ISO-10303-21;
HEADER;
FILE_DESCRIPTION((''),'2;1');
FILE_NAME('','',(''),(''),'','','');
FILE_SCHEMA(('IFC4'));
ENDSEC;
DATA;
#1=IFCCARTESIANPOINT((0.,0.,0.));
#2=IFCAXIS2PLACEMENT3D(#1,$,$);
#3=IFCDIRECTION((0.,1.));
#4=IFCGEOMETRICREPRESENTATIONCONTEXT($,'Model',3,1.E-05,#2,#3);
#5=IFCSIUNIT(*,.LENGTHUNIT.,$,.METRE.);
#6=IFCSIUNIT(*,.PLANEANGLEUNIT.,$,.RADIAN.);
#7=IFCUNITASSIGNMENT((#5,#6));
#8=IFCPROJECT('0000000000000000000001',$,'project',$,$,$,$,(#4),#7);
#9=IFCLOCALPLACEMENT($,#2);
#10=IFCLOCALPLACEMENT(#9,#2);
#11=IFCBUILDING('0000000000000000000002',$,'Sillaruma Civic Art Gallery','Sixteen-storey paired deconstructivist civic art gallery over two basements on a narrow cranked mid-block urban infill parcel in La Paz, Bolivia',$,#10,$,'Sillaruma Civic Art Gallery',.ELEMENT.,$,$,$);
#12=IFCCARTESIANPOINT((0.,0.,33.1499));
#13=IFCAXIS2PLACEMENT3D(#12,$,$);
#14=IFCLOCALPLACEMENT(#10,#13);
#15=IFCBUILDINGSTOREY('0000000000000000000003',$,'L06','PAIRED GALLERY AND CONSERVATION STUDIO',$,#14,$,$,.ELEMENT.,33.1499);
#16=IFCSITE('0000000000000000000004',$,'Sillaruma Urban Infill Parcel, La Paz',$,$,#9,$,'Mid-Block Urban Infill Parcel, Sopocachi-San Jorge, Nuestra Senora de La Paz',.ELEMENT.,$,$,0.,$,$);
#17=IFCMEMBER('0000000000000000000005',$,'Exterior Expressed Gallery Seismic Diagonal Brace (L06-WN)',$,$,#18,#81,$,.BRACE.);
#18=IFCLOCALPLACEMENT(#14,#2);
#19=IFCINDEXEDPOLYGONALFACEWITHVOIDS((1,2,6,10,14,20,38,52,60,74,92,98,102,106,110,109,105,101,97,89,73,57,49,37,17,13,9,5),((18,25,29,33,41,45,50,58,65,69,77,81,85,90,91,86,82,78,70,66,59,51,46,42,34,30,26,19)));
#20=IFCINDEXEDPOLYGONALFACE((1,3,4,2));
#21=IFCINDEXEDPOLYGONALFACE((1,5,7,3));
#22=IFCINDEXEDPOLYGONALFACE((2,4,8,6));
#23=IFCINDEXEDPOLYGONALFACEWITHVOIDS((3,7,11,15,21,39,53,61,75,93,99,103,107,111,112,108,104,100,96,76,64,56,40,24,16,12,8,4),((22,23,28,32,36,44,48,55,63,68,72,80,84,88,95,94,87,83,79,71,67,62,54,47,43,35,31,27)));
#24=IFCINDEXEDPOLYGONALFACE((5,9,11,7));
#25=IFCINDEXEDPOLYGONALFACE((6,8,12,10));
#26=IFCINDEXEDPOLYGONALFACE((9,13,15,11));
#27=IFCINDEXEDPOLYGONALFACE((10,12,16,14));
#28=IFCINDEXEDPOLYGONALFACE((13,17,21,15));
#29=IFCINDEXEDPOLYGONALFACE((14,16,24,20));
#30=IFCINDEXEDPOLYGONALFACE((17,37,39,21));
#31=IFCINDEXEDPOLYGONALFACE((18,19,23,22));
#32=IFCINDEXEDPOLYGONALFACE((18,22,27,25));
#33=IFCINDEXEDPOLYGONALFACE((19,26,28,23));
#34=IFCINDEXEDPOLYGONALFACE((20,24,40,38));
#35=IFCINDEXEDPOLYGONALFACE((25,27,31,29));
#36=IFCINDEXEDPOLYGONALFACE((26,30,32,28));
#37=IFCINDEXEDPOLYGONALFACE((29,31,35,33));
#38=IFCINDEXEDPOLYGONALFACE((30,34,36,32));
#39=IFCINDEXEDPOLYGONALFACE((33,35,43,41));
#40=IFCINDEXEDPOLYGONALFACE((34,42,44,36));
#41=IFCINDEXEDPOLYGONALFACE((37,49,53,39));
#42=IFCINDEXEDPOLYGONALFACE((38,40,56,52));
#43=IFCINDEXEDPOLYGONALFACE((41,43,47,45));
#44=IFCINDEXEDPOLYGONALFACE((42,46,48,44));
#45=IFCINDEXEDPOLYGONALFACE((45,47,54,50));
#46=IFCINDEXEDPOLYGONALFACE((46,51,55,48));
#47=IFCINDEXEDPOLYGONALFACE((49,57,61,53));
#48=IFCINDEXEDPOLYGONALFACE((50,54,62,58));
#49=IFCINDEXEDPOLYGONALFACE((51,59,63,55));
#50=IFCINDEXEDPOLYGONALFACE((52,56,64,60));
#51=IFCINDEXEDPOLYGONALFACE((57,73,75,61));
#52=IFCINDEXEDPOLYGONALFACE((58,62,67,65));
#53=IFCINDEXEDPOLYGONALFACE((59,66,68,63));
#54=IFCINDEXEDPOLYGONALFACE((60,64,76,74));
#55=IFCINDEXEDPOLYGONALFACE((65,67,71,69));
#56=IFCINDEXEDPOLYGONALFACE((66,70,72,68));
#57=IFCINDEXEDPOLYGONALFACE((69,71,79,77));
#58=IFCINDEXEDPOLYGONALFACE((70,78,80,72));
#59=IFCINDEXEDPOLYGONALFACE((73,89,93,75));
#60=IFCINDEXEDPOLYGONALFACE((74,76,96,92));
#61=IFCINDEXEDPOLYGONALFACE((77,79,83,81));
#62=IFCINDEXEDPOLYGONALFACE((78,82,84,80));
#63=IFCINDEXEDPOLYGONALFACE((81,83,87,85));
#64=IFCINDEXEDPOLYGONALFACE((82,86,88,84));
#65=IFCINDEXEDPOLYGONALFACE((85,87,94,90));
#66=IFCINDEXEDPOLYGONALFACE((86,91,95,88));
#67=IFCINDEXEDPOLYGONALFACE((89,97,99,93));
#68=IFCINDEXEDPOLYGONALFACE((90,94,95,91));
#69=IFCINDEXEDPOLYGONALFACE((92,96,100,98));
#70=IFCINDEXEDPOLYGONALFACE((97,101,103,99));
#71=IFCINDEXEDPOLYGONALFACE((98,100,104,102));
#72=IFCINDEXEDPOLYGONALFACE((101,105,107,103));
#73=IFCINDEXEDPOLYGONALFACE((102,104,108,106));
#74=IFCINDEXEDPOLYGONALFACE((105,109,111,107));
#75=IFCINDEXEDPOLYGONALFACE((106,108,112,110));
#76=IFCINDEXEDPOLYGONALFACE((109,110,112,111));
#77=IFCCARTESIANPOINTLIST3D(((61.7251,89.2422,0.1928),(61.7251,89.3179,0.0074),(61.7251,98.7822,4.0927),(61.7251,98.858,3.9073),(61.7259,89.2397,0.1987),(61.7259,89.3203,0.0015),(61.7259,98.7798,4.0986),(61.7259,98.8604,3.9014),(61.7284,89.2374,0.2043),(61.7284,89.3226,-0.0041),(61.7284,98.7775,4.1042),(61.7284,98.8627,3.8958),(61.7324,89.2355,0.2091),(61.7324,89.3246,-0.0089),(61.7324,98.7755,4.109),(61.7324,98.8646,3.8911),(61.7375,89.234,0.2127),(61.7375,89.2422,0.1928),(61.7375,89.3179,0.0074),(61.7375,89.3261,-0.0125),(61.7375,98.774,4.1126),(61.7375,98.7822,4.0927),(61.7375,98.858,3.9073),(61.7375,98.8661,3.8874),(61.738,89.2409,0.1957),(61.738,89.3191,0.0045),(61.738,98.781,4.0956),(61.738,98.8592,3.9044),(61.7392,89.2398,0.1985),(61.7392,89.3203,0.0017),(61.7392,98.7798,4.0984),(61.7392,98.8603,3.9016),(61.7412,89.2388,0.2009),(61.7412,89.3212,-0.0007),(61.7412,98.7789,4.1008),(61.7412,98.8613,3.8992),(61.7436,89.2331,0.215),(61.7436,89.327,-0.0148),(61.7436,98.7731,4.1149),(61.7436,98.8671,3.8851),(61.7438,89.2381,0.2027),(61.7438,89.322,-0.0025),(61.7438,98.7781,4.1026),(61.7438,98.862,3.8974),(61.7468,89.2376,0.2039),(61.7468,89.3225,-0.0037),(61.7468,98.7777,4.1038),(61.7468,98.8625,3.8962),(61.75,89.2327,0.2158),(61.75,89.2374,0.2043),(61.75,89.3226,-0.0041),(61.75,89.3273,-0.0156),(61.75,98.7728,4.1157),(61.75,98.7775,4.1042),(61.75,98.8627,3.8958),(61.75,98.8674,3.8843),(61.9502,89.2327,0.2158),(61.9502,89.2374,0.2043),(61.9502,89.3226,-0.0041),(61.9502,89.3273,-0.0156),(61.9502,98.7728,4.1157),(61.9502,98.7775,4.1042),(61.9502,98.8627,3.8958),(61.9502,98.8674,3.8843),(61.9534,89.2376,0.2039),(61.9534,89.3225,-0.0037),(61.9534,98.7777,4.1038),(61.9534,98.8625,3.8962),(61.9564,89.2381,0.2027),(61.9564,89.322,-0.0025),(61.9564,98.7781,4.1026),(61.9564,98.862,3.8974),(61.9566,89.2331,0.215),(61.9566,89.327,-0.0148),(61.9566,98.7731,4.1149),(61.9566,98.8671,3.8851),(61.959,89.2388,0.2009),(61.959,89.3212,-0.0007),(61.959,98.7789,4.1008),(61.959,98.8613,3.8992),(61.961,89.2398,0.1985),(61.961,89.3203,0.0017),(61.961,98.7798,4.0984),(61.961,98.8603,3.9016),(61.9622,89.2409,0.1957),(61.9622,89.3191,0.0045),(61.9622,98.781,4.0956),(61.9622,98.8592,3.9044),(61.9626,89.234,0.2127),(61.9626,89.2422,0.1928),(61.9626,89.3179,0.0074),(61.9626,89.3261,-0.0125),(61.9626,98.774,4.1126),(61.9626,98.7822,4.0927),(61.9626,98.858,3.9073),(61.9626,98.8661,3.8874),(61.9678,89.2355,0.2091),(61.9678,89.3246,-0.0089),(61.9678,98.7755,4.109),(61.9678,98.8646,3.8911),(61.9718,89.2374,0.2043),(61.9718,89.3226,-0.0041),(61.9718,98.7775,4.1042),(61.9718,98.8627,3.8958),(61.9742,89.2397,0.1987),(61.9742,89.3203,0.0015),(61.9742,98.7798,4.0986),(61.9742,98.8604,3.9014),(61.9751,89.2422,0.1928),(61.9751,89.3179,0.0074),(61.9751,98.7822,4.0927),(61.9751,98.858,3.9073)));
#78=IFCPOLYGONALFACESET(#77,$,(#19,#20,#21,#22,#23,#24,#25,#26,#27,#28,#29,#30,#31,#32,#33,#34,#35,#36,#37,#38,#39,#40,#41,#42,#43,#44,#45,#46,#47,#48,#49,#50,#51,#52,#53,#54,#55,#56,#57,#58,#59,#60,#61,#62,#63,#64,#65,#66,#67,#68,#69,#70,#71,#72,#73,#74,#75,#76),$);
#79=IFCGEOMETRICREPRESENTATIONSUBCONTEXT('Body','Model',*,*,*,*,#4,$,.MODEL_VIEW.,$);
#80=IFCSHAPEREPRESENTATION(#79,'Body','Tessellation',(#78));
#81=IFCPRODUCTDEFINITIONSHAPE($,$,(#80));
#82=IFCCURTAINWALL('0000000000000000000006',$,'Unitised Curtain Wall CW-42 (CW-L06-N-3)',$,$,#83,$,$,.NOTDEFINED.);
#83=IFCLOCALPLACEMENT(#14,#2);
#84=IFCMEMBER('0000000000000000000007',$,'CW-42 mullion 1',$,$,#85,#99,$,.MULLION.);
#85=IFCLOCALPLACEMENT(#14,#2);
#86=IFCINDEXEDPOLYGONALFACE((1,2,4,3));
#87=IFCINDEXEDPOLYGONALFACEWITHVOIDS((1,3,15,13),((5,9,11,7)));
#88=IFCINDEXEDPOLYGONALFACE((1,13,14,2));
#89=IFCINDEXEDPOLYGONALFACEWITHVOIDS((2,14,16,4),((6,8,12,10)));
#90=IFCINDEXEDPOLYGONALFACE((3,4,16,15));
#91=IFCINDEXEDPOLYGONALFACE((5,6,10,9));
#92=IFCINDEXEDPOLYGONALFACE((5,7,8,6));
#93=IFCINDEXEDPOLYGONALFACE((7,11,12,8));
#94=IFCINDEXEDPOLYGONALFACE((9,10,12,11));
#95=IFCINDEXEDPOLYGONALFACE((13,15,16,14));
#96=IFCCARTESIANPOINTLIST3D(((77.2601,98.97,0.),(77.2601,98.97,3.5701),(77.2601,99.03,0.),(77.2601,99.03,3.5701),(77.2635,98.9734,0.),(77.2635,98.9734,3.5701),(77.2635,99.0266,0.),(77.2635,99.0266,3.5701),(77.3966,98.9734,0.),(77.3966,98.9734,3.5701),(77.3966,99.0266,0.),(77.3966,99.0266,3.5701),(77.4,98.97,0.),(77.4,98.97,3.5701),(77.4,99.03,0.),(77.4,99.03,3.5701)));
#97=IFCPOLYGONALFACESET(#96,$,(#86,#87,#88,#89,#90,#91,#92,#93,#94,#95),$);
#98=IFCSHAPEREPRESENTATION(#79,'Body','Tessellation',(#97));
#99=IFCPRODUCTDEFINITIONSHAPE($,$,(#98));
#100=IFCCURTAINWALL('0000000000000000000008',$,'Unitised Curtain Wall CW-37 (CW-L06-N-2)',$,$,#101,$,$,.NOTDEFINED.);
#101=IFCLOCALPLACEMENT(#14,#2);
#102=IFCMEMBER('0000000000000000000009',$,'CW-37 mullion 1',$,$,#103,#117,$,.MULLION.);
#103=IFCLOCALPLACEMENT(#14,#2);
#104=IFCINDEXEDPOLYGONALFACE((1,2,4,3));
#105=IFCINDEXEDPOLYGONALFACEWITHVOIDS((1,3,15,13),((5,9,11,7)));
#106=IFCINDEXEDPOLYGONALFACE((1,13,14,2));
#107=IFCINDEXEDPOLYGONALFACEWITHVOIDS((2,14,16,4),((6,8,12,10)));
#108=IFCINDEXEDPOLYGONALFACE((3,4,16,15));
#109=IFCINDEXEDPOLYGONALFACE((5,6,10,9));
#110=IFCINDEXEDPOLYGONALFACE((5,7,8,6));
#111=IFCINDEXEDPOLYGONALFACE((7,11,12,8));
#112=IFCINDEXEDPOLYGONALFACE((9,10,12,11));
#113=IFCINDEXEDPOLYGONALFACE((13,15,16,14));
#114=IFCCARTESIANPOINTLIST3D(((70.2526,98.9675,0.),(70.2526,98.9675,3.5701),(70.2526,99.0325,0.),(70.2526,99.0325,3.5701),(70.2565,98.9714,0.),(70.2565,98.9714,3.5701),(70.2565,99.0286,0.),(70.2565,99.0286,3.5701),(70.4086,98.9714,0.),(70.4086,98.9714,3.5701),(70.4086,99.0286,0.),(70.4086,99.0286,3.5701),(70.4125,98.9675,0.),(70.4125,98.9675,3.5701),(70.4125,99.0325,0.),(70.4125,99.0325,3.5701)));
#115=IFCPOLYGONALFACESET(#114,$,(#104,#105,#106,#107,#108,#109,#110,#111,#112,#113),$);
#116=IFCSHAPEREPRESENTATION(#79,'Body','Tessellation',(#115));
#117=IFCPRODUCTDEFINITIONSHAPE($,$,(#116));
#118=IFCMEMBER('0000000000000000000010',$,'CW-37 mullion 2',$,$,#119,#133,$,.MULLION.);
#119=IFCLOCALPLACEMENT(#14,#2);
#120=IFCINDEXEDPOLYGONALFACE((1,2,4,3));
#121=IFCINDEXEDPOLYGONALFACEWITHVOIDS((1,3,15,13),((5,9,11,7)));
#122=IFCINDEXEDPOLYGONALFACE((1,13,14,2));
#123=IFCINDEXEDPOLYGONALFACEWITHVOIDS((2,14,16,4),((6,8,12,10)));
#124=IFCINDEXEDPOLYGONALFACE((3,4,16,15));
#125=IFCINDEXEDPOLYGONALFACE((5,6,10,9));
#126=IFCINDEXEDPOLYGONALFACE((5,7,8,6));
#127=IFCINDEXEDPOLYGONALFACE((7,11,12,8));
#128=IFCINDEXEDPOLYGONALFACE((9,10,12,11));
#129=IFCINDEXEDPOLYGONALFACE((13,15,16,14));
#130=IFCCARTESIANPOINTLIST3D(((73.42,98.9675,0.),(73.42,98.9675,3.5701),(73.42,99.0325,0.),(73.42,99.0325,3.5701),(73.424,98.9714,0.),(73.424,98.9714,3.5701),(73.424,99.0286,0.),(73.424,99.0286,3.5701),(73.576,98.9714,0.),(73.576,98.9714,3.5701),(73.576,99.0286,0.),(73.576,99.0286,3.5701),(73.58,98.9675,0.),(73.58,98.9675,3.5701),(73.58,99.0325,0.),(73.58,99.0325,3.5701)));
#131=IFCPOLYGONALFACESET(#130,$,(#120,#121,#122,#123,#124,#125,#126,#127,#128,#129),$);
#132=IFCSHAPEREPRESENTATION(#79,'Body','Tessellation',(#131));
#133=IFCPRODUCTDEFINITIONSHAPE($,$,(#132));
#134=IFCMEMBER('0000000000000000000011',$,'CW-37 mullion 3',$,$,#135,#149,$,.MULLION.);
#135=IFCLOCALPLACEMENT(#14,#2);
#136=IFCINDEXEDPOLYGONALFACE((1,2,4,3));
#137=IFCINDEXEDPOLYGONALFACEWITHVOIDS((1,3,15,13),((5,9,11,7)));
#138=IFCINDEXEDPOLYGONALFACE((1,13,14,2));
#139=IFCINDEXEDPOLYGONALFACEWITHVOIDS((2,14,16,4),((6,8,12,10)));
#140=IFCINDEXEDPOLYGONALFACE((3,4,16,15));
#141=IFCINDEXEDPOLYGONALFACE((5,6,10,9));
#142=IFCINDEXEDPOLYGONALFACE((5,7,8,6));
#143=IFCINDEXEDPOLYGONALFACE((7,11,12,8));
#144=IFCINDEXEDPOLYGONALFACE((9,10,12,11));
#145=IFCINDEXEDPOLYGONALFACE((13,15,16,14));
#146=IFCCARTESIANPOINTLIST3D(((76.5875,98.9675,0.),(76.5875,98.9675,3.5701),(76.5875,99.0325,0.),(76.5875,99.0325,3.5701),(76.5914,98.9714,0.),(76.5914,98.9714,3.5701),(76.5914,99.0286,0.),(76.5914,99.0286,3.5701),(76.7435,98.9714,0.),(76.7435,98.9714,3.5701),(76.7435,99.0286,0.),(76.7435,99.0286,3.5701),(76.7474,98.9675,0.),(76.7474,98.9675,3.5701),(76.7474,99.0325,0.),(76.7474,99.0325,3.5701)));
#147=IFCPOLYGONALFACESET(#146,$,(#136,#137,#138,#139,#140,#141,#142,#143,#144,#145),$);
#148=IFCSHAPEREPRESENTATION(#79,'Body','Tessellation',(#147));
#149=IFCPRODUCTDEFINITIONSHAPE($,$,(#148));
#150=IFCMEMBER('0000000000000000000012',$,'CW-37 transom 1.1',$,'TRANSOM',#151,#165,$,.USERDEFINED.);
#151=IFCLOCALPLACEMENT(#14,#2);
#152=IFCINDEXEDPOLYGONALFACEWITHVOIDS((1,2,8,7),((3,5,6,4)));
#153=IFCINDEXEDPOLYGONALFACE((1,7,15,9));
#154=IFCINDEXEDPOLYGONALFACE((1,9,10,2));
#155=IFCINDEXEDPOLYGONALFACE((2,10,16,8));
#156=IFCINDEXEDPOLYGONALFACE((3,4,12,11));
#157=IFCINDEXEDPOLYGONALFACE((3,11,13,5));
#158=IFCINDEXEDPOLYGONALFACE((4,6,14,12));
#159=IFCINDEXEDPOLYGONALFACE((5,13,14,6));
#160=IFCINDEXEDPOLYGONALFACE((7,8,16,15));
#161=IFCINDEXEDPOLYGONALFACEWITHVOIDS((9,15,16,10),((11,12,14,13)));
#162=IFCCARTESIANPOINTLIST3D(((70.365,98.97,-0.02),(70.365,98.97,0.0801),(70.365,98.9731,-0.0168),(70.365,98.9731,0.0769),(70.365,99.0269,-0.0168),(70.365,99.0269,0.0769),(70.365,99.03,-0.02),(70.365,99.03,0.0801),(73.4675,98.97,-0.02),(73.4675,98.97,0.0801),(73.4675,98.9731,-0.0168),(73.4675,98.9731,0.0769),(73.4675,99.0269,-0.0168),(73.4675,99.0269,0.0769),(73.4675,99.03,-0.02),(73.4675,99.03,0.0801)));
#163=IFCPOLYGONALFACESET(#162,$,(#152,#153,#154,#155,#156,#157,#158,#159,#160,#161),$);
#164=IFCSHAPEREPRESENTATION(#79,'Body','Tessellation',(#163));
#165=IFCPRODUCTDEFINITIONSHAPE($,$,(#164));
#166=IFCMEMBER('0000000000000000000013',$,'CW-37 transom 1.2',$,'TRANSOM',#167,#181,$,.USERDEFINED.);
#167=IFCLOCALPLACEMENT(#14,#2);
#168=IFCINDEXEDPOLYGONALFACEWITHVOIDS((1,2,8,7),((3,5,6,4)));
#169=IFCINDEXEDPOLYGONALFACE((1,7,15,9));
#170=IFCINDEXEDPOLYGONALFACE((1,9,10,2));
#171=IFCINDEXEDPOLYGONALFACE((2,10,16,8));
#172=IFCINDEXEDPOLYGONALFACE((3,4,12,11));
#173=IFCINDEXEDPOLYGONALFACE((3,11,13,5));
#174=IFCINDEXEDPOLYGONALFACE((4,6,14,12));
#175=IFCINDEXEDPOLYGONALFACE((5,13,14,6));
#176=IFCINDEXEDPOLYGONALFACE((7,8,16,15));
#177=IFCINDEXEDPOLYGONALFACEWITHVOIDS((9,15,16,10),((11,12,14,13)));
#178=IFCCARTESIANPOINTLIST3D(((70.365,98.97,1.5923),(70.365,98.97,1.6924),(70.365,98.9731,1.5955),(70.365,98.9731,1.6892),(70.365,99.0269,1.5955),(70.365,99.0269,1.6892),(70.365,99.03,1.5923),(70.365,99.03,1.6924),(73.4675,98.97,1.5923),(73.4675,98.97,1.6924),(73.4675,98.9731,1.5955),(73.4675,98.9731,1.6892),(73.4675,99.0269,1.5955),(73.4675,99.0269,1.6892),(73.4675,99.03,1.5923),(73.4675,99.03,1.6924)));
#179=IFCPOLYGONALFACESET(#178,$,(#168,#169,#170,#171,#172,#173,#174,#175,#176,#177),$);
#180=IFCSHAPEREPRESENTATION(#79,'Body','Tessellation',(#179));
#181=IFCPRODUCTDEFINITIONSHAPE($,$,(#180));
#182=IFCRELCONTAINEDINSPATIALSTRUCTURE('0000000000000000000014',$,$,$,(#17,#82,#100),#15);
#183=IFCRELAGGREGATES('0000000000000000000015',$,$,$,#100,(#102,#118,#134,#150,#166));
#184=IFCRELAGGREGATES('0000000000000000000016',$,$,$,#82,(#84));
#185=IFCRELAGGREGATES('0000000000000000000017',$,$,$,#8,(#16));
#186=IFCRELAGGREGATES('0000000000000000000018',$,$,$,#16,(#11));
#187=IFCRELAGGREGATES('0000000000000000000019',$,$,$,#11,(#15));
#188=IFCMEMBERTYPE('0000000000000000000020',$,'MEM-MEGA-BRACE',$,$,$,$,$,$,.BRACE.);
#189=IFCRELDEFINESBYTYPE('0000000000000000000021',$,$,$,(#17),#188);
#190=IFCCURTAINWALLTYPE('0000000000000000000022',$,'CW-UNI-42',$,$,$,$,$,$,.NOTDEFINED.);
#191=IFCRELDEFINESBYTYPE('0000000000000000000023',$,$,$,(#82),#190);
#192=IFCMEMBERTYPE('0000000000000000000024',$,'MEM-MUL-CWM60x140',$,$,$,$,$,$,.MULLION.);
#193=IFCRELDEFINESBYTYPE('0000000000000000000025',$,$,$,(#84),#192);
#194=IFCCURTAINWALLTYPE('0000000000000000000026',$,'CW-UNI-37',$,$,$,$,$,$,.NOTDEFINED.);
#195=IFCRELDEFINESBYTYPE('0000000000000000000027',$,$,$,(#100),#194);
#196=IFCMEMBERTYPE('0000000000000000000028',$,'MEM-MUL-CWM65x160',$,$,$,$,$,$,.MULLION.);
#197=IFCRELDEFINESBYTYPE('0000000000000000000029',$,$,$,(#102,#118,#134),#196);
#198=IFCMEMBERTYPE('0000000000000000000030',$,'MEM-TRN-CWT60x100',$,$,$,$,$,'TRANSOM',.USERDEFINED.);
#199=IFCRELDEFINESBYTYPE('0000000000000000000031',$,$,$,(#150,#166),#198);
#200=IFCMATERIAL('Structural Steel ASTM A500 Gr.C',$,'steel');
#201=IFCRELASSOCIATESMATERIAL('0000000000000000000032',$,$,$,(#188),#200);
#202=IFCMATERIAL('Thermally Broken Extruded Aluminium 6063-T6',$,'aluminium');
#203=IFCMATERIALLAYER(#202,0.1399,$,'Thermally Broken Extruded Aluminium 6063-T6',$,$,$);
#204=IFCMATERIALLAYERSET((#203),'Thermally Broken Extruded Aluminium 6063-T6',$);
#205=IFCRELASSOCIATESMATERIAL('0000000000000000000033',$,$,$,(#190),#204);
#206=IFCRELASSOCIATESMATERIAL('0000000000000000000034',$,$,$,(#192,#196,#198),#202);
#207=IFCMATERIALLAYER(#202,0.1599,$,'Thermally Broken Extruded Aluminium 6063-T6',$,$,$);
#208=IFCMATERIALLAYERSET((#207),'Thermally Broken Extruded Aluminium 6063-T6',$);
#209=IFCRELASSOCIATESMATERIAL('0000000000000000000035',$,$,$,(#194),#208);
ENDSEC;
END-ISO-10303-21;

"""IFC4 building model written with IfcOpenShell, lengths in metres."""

from ifc_helpers import new_model, si_unit, direction, frame, origin, origin_2d, place, context, subcontext, project, spatial, hollow_rectangle, extrude, material, layer, layer_set, material_profile, profile_set, type_object, element, aggregate, save


model = new_model("IFC4")

# Units and contexts
model_context = context("Model", 3, precision=1e-05, world=origin(), true_north=direction((0.0, 1.0)))
body_context = subcontext(model_context, "Body", "Model", "MODEL_VIEW")
ifc_project = project(units=[si_unit("LENGTHUNIT", "METRE"), si_unit("PLANEANGLEUNIT", "RADIAN")], contexts=[model_context])

# Site, building, storey
site_placement = place(None, origin())
site = spatial("IfcSite", under=ifc_project, at=site_placement, Name="Sillaruma Urban Infill Parcel, La Paz", LongName="Mid-Block Urban Infill Parcel, Sopocachi-San Jorge, Nuestra Senora de La Paz", CompositionType="ELEMENT", RefElevation=0.0)
building_placement = place(site_placement, origin())
building = spatial("IfcBuilding", under=site, at=building_placement, Name="Sillaruma Civic Art Gallery", Description="Sixteen-storey paired deconstructivist civic art gallery over two basements on a narrow cranked mid-block urban infill parcel in La Paz, Bolivia", LongName="Sillaruma Civic Art Gallery", CompositionType="ELEMENT")
storey_placement = place(building_placement, frame((0.0, 0.0, 33.1499)))
storey = spatial("IfcBuildingStorey", under=building, at=storey_placement, Name="L06", Description="PAIRED GALLERY AND CONSERVATION STUDIO", CompositionType="ELEMENT", Elevation=33.1499)

# Member
ifc_material_1 = material(Name="Structural Steel ASTM A500 Gr.C", Category="steel")
ifc_material_profile_1 = material_profile(ifc_material_1, hollow_rectangle(XDim=0.25, YDim=0.25, WallThickness=0.0125, InnerFilletRadius=0.0125, OuterFilletRadius=0.0249, at=origin_2d()), Name="HSS250x250x12.5")
ifc_profile_set_1 = profile_set([ifc_material_profile_1], Name="Structural Steel ASTM A500 Gr.C")
member_type_1 = type_object("IfcMemberType", Name="MEM-MEGA-BRACE", PredefinedType="BRACE", material=ifc_profile_set_1)
member_1_placement = place(storey_placement, frame((61.8501, 89.28, 0.1001), z_axis=(0.0, 0.925644, 0.378397), x_axis=(-1.0, 0.0, 0.0)))
element("IfcMember", 1, at=member_1_placement, inside=storey, type_object=member_type_1, Name="Exterior Expressed Gallery Seismic Diagonal Brace (L06-WN)", PredefinedType="BRACE", context=body_context, shape_type="SweptSolid", body=[
    extrude(hollow_rectangle(XDim=0.25, YDim=0.25, WallThickness=0.0125, InnerFilletRadius=0.0125, OuterFilletRadius=0.0249, at=origin_2d()), origin(), (0.0, 0.0, 1.0), 10.3064),
])

# Curtain wall, member
ifc_material_2 = material(Name="Thermally Broken Extruded Aluminium 6063-T6", Category="aluminium")
ifc_layer_1 = layer(ifc_material_2, 0.1399, Name="Thermally Broken Extruded Aluminium 6063-T6")
ifc_layer_set_1 = layer_set([ifc_layer_1], Name="Thermally Broken Extruded Aluminium 6063-T6")
curtain_wall_type_1 = type_object("IfcCurtainWallType", Name="CW-UNI-42", PredefinedType="NOTDEFINED", material=ifc_layer_set_1)
curtain_wall_1_placement = place(storey_placement, origin())
curtain_wall_1 = element("IfcCurtainWall", 2, at=curtain_wall_1_placement, inside=storey, type_object=curtain_wall_type_1, Name="Unitised Curtain Wall CW-42 (CW-L06-N-3)", PredefinedType="NOTDEFINED")
ifc_material_profile_2 = material_profile(ifc_material_2, hollow_rectangle(XDim=0.0601, YDim=0.1399, WallThickness=0.0034, at=origin_2d()), Name="CWM60x140")
ifc_profile_set_2 = profile_set([ifc_material_profile_2], Name="Thermally Broken Extruded Aluminium 6063-T6")
member_type_2 = type_object("IfcMemberType", Name="MEM-MUL-CWM60x140", PredefinedType="MULLION", material=ifc_profile_set_2)
member_2_placement = place(storey_placement, frame((77.3301, 99.0, 0.0), z_axis=(0.0, 0.0, 1.0), x_axis=(0.0, 1.0, 0.0)))
member_2 = element("IfcMember", 3, at=member_2_placement, type_object=member_type_2, Name="CW-42 mullion 1", PredefinedType="MULLION", context=body_context, shape_type="SweptSolid", body=[
    extrude(hollow_rectangle(XDim=0.0601, YDim=0.1399, WallThickness=0.0034, at=origin_2d()), origin(), (0.0, 0.0, 1.0), 3.5701),
])

# Curtain wall, members
ifc_layer_2 = layer(ifc_material_2, 0.1599, Name="Thermally Broken Extruded Aluminium 6063-T6")
ifc_layer_set_2 = layer_set([ifc_layer_2], Name="Thermally Broken Extruded Aluminium 6063-T6")
curtain_wall_type_2 = type_object("IfcCurtainWallType", Name="CW-UNI-37", PredefinedType="NOTDEFINED", material=ifc_layer_set_2)
curtain_wall_2_placement = place(storey_placement, origin())
curtain_wall_2 = element("IfcCurtainWall", 4, at=curtain_wall_2_placement, inside=storey, type_object=curtain_wall_type_2, Name="Unitised Curtain Wall CW-37 (CW-L06-N-2)", PredefinedType="NOTDEFINED")
ifc_material_profile_3 = material_profile(ifc_material_2, hollow_rectangle(XDim=0.0649, YDim=0.1599, WallThickness=0.0039, at=origin_2d()), Name="CWM65x160")
ifc_profile_set_3 = profile_set([ifc_material_profile_3], Name="Thermally Broken Extruded Aluminium 6063-T6")
member_type_3 = type_object("IfcMemberType", Name="MEM-MUL-CWM65x160", PredefinedType="MULLION", material=ifc_profile_set_3)
member_3_placement = place(storey_placement, frame((70.3325, 99.0, 0.0), z_axis=(0.0, 0.0, 1.0), x_axis=(0.0, 1.0, 0.0)))
member_3 = element("IfcMember", 5, at=member_3_placement, type_object=member_type_3, Name="CW-37 mullion 1", PredefinedType="MULLION", context=body_context, shape_type="SweptSolid", body=[
    extrude(hollow_rectangle(XDim=0.0649, YDim=0.1599, WallThickness=0.0039, at=origin_2d()), origin(), (0.0, 0.0, 1.0), 3.5701),
])
member_4_placement = place(storey_placement, frame((73.5, 99.0, 0.0), z_axis=(0.0, 0.0, 1.0), x_axis=(0.0, 1.0, 0.0)))
member_4 = element("IfcMember", 6, at=member_4_placement, type_object=member_type_3, Name="CW-37 mullion 2", PredefinedType="MULLION", context=body_context, shape_type="SweptSolid", body=[
    extrude(hollow_rectangle(XDim=0.0649, YDim=0.1599, WallThickness=0.0039, at=origin_2d()), origin(), (0.0, 0.0, 1.0), 3.5701),
])
member_5_placement = place(storey_placement, frame((76.6675, 99.0, 0.0), z_axis=(0.0, 0.0, 1.0), x_axis=(0.0, 1.0, 0.0)))
member_5 = element("IfcMember", 7, at=member_5_placement, type_object=member_type_3, Name="CW-37 mullion 3", PredefinedType="MULLION", context=body_context, shape_type="SweptSolid", body=[
    extrude(hollow_rectangle(XDim=0.0649, YDim=0.1599, WallThickness=0.0039, at=origin_2d()), origin(), (0.0, 0.0, 1.0), 3.5701),
])
ifc_material_profile_4 = material_profile(ifc_material_2, hollow_rectangle(XDim=0.0601, YDim=0.1001, WallThickness=0.0032, at=origin_2d()), Name="CWT60x100")
ifc_profile_set_4 = profile_set([ifc_material_profile_4], Name="Thermally Broken Extruded Aluminium 6063-T6")
member_type_4 = type_object("IfcMemberType", Name="MEM-TRN-CWT60x100", ElementType="TRANSOM", PredefinedType="USERDEFINED", material=ifc_profile_set_4)
member_6_placement = place(storey_placement, frame((70.365, 99.0, 0.03), z_axis=(1.0, 0.0, 0.0), x_axis=(0.0, 1.0, 0.0)))
member_6 = element("IfcMember", 8, at=member_6_placement, type_object=member_type_4, Name="CW-37 transom 1.1", ObjectType="TRANSOM", PredefinedType="USERDEFINED", context=body_context, shape_type="SweptSolid", body=[
    extrude(hollow_rectangle(XDim=0.0601, YDim=0.1001, WallThickness=0.0032, at=origin_2d()), origin(), (0.0, 0.0, 1.0), 3.1025),
])
member_7_placement = place(storey_placement, frame((70.365, 99.0, 1.6423), z_axis=(1.0, 0.0, 0.0), x_axis=(0.0, 1.0, 0.0)))
member_7 = element("IfcMember", 9, at=member_7_placement, type_object=member_type_4, Name="CW-37 transom 1.2", ObjectType="TRANSOM", PredefinedType="USERDEFINED", context=body_context, shape_type="SweptSolid", body=[
    extrude(hollow_rectangle(XDim=0.0601, YDim=0.1001, WallThickness=0.0032, at=origin_2d()), origin(), (0.0, 0.0, 1.0), 3.1025),
])

aggregate(curtain_wall_2, [member_3, member_4, member_5, member_6, member_7])
aggregate(curtain_wall_1, [member_2])

save(model, "model.ifc")
